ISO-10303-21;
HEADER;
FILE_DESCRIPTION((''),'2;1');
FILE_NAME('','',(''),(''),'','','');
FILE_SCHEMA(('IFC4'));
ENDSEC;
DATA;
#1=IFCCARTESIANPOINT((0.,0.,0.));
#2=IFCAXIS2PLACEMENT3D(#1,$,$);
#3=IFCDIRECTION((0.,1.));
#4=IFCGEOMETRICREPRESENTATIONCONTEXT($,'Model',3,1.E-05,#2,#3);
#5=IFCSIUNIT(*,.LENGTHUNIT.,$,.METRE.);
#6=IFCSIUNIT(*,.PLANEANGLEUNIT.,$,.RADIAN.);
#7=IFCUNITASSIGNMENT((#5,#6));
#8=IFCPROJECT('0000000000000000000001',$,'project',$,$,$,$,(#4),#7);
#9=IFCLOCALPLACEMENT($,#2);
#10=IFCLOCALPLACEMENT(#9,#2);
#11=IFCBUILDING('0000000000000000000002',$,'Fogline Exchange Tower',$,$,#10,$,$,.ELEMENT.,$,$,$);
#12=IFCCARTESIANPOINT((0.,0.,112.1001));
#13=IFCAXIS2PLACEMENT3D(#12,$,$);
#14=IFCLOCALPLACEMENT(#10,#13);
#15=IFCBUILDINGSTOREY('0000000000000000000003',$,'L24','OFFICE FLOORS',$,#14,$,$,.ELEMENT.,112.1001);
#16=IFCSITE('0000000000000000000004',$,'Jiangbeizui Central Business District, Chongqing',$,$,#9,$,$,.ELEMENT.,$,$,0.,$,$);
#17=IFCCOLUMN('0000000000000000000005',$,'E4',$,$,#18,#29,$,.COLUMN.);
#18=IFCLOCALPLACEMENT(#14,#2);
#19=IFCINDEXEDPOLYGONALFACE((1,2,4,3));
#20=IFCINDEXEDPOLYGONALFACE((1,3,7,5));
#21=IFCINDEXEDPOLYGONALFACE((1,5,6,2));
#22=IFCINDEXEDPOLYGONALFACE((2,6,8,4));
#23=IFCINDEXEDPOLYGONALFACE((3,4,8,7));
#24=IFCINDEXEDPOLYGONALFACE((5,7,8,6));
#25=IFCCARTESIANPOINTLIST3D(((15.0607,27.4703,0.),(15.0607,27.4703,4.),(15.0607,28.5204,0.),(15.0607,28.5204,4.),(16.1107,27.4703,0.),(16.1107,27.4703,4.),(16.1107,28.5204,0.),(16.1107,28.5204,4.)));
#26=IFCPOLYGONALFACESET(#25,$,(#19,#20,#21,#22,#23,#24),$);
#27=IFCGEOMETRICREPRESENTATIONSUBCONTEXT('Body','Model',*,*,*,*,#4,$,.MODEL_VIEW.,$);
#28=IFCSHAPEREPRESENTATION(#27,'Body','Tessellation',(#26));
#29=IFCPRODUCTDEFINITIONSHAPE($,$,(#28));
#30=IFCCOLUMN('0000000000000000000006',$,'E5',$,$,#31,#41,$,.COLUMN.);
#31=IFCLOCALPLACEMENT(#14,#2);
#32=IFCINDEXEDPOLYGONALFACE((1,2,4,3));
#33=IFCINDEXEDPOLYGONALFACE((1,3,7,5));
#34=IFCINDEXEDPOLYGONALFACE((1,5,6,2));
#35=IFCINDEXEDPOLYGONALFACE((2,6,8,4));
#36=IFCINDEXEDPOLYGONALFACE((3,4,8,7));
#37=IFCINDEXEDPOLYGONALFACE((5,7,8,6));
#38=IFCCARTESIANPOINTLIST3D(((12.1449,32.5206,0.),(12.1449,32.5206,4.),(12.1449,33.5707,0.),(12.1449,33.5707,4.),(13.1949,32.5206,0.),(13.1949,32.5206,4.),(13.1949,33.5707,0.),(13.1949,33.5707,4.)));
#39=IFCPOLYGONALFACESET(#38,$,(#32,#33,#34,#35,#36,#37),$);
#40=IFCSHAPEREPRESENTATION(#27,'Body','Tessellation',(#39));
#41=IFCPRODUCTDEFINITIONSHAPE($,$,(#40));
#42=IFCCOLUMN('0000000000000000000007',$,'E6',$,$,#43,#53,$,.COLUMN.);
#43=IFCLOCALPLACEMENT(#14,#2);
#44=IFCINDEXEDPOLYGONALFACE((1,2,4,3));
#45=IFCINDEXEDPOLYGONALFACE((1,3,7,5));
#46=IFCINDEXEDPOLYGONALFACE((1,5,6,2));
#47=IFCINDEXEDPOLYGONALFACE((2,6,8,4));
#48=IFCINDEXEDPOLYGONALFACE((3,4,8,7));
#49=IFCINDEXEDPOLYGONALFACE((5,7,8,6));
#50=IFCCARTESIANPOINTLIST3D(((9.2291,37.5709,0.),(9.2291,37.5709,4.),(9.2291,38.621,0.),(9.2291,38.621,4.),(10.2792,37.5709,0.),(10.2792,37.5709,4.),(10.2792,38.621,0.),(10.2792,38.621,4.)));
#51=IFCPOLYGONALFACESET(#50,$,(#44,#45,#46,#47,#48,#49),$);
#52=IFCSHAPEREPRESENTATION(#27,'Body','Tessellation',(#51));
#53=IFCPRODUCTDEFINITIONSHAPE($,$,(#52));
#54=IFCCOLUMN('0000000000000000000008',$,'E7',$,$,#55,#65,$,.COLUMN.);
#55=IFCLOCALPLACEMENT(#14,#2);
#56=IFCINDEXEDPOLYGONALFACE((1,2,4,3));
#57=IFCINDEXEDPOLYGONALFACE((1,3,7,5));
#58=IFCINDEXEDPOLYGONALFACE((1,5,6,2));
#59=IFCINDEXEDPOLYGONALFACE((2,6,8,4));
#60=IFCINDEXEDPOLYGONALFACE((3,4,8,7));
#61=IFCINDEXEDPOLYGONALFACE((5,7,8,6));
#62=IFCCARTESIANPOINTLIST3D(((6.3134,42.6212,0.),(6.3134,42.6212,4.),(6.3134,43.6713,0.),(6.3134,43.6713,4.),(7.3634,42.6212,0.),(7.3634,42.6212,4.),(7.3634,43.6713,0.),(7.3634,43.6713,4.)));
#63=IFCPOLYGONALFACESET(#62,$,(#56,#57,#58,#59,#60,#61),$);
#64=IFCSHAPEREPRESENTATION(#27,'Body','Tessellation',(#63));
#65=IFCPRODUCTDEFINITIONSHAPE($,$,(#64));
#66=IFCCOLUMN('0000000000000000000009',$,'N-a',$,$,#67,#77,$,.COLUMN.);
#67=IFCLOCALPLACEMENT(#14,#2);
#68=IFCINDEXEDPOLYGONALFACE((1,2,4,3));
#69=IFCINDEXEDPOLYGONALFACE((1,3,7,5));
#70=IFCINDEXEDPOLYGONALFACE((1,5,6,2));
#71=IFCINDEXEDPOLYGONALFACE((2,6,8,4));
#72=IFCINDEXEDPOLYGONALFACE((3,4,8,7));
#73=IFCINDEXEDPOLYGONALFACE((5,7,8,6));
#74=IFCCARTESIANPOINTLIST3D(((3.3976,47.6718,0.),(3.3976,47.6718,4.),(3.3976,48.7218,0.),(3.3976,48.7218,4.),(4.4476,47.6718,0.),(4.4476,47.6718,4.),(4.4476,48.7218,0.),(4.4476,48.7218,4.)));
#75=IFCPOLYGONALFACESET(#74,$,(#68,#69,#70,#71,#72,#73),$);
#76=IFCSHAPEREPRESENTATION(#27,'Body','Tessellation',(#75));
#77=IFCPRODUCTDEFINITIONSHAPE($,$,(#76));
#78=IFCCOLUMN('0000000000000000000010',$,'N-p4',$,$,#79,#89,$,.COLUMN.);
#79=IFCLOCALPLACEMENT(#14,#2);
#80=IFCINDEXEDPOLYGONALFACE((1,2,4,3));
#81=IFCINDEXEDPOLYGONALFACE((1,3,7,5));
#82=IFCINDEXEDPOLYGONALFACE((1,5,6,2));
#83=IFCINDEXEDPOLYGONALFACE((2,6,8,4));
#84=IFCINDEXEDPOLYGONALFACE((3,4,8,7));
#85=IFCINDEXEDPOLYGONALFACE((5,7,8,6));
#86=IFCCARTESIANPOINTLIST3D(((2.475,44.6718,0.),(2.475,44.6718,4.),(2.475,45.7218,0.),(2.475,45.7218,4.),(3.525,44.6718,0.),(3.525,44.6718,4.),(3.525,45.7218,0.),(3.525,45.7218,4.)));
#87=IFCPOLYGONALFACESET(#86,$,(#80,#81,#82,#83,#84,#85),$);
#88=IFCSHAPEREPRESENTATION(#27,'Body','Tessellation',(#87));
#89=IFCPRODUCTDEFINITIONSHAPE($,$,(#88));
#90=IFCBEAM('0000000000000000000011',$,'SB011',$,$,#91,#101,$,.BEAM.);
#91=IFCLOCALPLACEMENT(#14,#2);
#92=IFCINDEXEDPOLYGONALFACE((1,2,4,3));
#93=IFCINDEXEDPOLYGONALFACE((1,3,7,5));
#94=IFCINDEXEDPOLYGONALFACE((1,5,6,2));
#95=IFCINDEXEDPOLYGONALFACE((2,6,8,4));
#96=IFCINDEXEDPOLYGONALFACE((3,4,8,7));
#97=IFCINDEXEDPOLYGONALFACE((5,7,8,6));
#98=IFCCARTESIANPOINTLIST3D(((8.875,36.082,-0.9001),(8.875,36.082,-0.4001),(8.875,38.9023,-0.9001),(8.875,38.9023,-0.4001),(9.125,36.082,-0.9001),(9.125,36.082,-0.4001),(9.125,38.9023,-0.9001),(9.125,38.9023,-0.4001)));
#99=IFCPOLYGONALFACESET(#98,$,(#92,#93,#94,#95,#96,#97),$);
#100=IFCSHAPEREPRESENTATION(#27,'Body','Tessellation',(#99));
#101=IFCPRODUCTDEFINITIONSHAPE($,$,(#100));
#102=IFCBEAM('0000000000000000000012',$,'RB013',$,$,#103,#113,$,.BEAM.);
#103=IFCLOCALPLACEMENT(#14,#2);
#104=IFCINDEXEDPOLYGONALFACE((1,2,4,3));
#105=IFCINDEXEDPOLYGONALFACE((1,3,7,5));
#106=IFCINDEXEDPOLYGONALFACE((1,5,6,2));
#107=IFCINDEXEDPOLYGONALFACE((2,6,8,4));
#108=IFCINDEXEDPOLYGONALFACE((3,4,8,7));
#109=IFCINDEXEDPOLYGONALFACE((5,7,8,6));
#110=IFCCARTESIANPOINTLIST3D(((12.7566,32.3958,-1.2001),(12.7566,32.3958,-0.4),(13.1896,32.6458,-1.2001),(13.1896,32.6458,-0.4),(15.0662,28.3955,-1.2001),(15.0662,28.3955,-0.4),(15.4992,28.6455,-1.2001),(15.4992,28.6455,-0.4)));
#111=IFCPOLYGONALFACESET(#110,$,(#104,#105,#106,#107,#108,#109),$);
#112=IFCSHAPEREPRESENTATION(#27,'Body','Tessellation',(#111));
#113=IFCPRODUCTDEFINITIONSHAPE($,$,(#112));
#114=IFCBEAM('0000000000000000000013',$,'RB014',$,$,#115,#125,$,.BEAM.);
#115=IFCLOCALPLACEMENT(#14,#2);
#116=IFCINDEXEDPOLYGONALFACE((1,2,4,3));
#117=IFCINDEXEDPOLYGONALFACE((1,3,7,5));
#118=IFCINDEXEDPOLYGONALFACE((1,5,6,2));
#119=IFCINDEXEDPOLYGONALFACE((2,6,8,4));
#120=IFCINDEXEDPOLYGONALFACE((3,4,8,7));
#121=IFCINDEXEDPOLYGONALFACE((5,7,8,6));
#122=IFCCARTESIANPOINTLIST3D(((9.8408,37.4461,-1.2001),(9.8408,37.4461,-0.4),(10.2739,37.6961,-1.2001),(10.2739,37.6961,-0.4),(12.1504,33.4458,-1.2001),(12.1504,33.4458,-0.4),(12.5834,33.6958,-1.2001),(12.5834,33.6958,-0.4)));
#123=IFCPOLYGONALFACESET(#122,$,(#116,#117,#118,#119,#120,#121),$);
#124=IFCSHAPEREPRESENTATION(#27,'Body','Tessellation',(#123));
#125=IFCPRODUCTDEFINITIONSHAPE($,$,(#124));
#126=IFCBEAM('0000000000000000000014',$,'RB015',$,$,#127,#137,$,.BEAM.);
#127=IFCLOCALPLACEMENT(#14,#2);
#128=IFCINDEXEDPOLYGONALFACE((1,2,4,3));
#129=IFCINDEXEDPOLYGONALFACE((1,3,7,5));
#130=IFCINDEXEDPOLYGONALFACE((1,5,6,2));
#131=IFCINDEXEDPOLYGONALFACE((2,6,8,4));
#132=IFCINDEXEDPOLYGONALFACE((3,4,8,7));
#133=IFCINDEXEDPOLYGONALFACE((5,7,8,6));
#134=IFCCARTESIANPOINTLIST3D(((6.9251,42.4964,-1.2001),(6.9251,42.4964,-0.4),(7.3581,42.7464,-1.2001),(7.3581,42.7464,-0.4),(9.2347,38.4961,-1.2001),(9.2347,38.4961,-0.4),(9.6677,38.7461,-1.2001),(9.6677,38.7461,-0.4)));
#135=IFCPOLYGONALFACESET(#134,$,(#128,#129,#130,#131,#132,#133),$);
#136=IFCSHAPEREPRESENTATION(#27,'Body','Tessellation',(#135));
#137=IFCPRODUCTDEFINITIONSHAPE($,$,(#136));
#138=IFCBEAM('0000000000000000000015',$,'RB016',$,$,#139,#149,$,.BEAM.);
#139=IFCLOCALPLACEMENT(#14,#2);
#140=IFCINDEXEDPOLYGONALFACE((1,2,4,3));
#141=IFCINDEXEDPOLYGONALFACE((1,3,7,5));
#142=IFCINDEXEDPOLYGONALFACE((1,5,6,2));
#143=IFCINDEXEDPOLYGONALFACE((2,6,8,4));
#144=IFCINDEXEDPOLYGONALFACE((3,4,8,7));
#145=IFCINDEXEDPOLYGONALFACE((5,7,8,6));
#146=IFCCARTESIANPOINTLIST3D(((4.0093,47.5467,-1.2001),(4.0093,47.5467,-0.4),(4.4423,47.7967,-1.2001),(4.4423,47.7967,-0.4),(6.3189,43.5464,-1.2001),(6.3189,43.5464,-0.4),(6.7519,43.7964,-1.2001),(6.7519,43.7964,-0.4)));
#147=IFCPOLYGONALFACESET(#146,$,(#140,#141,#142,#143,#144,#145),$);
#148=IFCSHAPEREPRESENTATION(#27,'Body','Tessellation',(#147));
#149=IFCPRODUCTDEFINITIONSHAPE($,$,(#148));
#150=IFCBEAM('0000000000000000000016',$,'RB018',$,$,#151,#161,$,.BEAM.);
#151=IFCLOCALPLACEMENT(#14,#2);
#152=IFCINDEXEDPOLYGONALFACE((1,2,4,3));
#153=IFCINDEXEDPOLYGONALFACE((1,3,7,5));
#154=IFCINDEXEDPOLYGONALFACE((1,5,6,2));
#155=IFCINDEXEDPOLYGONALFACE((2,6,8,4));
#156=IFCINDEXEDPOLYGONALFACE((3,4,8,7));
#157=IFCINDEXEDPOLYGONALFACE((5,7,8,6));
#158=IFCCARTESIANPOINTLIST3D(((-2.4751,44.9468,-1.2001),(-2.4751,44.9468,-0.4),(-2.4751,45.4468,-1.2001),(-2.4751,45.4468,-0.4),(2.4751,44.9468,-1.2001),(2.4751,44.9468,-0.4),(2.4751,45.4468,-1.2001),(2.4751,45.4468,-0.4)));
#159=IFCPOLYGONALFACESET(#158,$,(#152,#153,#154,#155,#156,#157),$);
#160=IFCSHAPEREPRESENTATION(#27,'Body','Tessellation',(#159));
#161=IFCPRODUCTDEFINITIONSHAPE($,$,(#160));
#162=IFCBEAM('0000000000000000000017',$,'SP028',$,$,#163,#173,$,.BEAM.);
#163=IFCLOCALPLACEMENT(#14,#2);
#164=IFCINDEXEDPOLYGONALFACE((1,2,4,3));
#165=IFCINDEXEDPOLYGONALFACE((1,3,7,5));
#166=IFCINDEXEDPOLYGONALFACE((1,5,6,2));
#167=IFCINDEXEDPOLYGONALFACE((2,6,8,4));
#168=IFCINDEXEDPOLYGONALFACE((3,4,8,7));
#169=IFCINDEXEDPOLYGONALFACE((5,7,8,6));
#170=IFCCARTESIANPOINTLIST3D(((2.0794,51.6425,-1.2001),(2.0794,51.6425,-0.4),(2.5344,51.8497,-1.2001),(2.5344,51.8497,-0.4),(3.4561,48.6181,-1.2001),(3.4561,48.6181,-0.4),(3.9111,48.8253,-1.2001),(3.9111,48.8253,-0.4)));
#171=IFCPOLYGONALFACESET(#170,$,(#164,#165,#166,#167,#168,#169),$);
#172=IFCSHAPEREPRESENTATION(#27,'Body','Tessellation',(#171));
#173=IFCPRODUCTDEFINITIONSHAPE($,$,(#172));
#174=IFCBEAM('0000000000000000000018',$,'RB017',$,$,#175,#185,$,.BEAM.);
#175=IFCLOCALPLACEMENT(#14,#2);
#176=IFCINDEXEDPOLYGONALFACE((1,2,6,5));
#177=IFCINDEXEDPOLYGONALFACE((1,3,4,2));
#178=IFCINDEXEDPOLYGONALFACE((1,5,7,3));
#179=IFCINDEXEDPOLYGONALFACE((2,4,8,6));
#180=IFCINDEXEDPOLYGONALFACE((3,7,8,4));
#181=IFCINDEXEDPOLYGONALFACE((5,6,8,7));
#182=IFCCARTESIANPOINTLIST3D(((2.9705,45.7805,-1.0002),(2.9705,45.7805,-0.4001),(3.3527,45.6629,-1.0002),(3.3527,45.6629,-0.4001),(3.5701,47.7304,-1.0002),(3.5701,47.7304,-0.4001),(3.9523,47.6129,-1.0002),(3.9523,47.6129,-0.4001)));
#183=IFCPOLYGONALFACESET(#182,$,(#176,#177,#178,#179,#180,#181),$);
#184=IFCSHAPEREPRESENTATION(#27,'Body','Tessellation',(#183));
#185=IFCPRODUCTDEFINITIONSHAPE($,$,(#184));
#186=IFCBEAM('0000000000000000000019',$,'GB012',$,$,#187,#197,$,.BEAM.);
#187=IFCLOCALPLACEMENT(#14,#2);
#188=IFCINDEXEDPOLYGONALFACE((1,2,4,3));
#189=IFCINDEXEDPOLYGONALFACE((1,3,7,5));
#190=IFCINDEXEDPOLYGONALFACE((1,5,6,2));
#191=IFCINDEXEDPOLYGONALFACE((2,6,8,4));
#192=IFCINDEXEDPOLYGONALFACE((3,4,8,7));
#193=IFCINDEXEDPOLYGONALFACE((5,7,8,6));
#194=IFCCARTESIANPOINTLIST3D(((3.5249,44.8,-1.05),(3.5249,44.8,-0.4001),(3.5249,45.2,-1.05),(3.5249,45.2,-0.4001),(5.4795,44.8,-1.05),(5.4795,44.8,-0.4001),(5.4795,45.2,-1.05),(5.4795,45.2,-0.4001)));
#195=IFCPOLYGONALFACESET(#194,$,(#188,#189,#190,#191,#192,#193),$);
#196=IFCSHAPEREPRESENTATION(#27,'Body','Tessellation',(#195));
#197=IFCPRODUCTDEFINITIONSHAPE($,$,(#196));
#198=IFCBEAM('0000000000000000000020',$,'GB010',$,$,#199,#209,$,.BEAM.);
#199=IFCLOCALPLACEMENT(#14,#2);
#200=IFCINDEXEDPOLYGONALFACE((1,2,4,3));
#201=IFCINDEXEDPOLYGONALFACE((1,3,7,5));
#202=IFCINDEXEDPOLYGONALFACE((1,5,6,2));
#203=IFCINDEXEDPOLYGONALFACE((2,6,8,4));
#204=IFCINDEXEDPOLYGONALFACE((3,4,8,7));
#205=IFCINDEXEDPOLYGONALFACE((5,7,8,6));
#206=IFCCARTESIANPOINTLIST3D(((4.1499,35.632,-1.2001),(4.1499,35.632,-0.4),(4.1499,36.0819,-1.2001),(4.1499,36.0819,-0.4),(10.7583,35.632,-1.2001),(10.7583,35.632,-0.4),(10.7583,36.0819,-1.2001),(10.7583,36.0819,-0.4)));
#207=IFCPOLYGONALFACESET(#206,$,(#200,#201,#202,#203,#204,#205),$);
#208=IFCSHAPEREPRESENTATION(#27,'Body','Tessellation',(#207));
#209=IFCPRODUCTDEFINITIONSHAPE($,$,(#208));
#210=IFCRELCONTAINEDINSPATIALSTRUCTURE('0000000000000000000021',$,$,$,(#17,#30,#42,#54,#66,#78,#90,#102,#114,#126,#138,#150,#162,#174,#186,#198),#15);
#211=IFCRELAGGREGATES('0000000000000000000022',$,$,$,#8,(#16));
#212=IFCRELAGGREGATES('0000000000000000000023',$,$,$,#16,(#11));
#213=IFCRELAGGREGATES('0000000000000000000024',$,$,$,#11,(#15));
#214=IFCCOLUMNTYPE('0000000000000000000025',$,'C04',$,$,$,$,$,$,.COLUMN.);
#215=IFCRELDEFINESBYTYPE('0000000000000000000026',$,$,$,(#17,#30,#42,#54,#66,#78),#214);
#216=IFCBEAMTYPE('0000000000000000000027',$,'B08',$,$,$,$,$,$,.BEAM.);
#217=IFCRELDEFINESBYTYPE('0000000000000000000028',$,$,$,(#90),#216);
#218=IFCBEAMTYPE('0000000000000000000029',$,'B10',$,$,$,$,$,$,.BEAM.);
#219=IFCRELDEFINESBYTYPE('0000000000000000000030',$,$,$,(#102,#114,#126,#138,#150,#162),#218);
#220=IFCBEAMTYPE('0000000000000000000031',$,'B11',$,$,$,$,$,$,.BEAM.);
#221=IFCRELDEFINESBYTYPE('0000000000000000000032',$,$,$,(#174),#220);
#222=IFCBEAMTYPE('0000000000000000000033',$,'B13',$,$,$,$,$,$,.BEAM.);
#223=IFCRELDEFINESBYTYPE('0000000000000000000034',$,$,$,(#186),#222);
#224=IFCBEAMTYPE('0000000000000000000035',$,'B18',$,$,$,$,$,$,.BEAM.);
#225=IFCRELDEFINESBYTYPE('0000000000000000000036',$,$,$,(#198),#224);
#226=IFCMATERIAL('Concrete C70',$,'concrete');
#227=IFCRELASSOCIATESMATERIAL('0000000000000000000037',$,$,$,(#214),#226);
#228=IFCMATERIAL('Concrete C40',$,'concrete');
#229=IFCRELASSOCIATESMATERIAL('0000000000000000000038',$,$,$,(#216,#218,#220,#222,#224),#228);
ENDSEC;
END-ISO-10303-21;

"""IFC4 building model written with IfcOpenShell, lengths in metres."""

from ifc_helpers import new_model, si_unit, direction, frame, origin, origin_2d, place, context, subcontext, project, spatial, rectangle, extrude, material, material_profile, profile_set, type_object, element, save


model = new_model("IFC4")

# Units and contexts
model_context = context("Model", 3, precision=1e-05, world=origin(), true_north=direction((0.0, 1.0)))
body_context = subcontext(model_context, "Body", "Model", "MODEL_VIEW")
ifc_project = project(units=[si_unit("LENGTHUNIT", "METRE"), si_unit("PLANEANGLEUNIT", "RADIAN")], contexts=[model_context])

# Site, building, storey
site_placement = place(None, origin())
site = spatial("IfcSite", under=ifc_project, at=site_placement, Name="Jiangbeizui Central Business District, Chongqing", CompositionType="ELEMENT", RefElevation=0.0)
building_placement = place(site_placement, origin())
building = spatial("IfcBuilding", under=site, at=building_placement, Name="Fogline Exchange Tower", CompositionType="ELEMENT")
storey_placement = place(building_placement, frame((0.0, 0.0, 112.1001)))
storey = spatial("IfcBuildingStorey", under=building, at=storey_placement, Name="L24", Description="OFFICE FLOORS", CompositionType="ELEMENT", Elevation=112.1001)

# Columns
ifc_material_1 = material(Name="Concrete C70", Category="concrete")
ifc_material_profile_1 = material_profile(ifc_material_1, rectangle(XDim=1.05, YDim=1.05, at=origin_2d()), Name="RC 1050x1050")
ifc_profile_set_1 = profile_set([ifc_material_profile_1], Name="Concrete C70")
column_type = type_object("IfcColumnType", Name="C04", PredefinedType="COLUMN", material=ifc_profile_set_1)
for number, where, z_axis, x_axis, name in (
    (1, (15.5857, 27.9954, 0.0), (0.0, 0.0, 1.0), (1.0, 0.0, 0.0), "E4"),
    (2, (12.6699, 33.0457, 0.0), (0.0, 0.0, 1.0), (1.0, 0.0, 0.0), "E5"),
    (3, (9.7542, 38.0959, 0.0), (0.0, 0.0, 1.0), (1.0, 0.0, 0.0), "E6"),
    (4, (6.8384, 43.1462, 0.0), (0.0, 0.0, 1.0), (1.0, 0.0, 0.0), "E7"),
    (5, (3.9226, 48.1968, 0.0), (0.0, 0.0, 1.0), (1.0, 0.0, 0.0), "N-a"),
    (6, (3.0, 45.1968, 0.0), (0.0, 0.0, 1.0), (1.0, 0.0, 0.0), "N-p4"),
):
    element("IfcColumn", number, at=place(storey_placement, frame(where, z_axis=z_axis, x_axis=x_axis)), inside=storey, type_object=column_type, Name=name, PredefinedType="COLUMN", context=body_context, shape_type="SweptSolid", body=[
        extrude(rectangle(XDim=1.05, YDim=1.05, at=origin_2d()), origin(), (0.0, 0.0, 1.0), 4.0),
    ])

# Beams
ifc_material_2 = material(Name="Concrete C40", Category="concrete")
ifc_material_profile_2 = material_profile(ifc_material_2, rectangle(XDim=0.25, YDim=0.5, at=origin_2d()), Name="RC 250x500")
ifc_profile_set_2 = profile_set([ifc_material_profile_2], Name="Concrete C40")
beam_type_1 = type_object("IfcBeamType", Name="B08", PredefinedType="BEAM", material=ifc_profile_set_2)
beam_1_placement = place(storey_placement, frame((9.0, 36.082, -0.6501), z_axis=(0.0, 1.0, 0.0), x_axis=(-1.0, 0.0, 0.0)))
element("IfcBeam", 7, at=beam_1_placement, inside=storey, type_object=beam_type_1, Name="SB011", PredefinedType="BEAM", context=body_context, shape_type="SweptSolid", body=[
    extrude(rectangle(XDim=0.25, YDim=0.5, at=origin_2d()), origin(), (0.0, 0.0, 1.0), 2.8203),
])
ifc_material_profile_3 = material_profile(ifc_material_2, rectangle(XDim=0.5, YDim=0.8, at=origin_2d()), Name="RC 500x800")
ifc_profile_set_3 = profile_set([ifc_material_profile_3], Name="Concrete C40")
beam_type_2 = type_object("IfcBeamType", Name="B10", PredefinedType="BEAM", material=ifc_profile_set_3)
for number, where, z_axis, x_axis, name in (
    (8, (15.2827, 28.5205, -0.8), (-0.500005, 0.866023, 0.0), (-0.866023, -0.500005, 0.0), "RB013"),
    (9, (12.3669, 33.5708, -0.8), (-0.500005, 0.866023, 0.0), (-0.866023, -0.500005, 0.0), "RB014"),
    (10, (9.4512, 38.6211, -0.8), (-0.500005, 0.866023, 0.0), (-0.866023, -0.500005, 0.0), "RB015"),
    (11, (6.5354, 43.6714, -0.8), (-0.500005, 0.866023, 0.0), (-0.866023, -0.500005, 0.0), "RB016"),
):
    element("IfcBeam", number, at=place(storey_placement, frame(where, z_axis=z_axis, x_axis=x_axis)), inside=storey, type_object=beam_type_2, Name=name, PredefinedType="BEAM", context=body_context, shape_type="SweptSolid", body=[
        extrude(rectangle(XDim=0.5, YDim=0.8, at=origin_2d()), origin(), (0.0, 0.0, 1.0), 4.6191),
    ])
beam_2_placement = place(storey_placement, frame((2.4751, 45.1968, -0.8), z_axis=(-1.0, 0.0, 0.0), x_axis=(0.0, -1.0, 0.0)))
element("IfcBeam", 12, at=beam_2_placement, inside=storey, type_object=beam_type_2, Name="RB018", PredefinedType="BEAM", context=body_context, shape_type="SweptSolid", body=[
    extrude(rectangle(XDim=0.5, YDim=0.8, at=origin_2d()), origin(), (0.0, 0.0, 1.0), 4.9502),
])
beam_3_placement = place(storey_placement, frame((3.6836, 48.7217, -0.8), z_axis=(-0.414296, 0.910142, 0.0), x_axis=(-0.910142, -0.414296, 0.0)))
element("IfcBeam", 13, at=beam_3_placement, inside=storey, type_object=beam_type_2, Name="SP028", PredefinedType="BEAM", context=body_context, shape_type="SweptSolid", body=[
    extrude(rectangle(XDim=0.5, YDim=0.8, at=origin_2d()), origin(), (0.0, 0.0, 1.0), 3.323),
])
ifc_material_profile_4 = material_profile(ifc_material_2, rectangle(XDim=0.3999, YDim=0.6001, at=origin_2d()), Name="RC 400x600")
ifc_profile_set_4 = profile_set([ifc_material_profile_4], Name="Concrete C40")
beam_type_3 = type_object("IfcBeamType", Name="B11", PredefinedType="BEAM", material=ifc_profile_set_4)
beam_4_placement = place(storey_placement, frame((3.7612, 47.6716, -0.7002), z_axis=(-0.293918, -0.955831, 0.0), x_axis=(0.955831, -0.293918, 0.0)))
element("IfcBeam", 14, at=beam_4_placement, inside=storey, type_object=beam_type_3, Name="RB017", PredefinedType="BEAM", context=body_context, shape_type="SweptSolid", body=[
    extrude(rectangle(XDim=0.3999, YDim=0.6001, at=origin_2d()), origin(), (0.0, 0.0, 1.0), 2.04),
])
ifc_material_profile_5 = material_profile(ifc_material_2, rectangle(XDim=0.3999, YDim=0.6499, at=origin_2d()), Name="RC 400x650")
ifc_profile_set_5 = profile_set([ifc_material_profile_5], Name="Concrete C40")
beam_type_4 = type_object("IfcBeamType", Name="B13", PredefinedType="BEAM", material=ifc_profile_set_5)
beam_5_placement = place(storey_placement, frame((3.5249, 45.0, -0.7251), z_axis=(1.0, 0.0, 0.0), x_axis=(0.0, 1.0, 0.0)))
element("IfcBeam", 15, at=beam_5_placement, inside=storey, type_object=beam_type_4, Name="GB012", PredefinedType="BEAM", context=body_context, shape_type="SweptSolid", body=[
    extrude(rectangle(XDim=0.3999, YDim=0.6499, at=origin_2d()), origin(), (0.0, 0.0, 1.0), 1.9546),
])
ifc_material_profile_6 = material_profile(ifc_material_2, rectangle(XDim=0.45, YDim=0.8, at=origin_2d()), Name="RC 450x800")
ifc_profile_set_6 = profile_set([ifc_material_profile_6], Name="Concrete C40")
beam_type_5 = type_object("IfcBeamType", Name="B18", PredefinedType="BEAM", material=ifc_profile_set_6)
beam_6_placement = place(storey_placement, frame((4.1499, 35.8569, -0.8), z_axis=(1.0, 0.0, 0.0), x_axis=(0.0, 1.0, 0.0)))
element("IfcBeam", 16, at=beam_6_placement, inside=storey, type_object=beam_type_5, Name="GB010", PredefinedType="BEAM", context=body_context, shape_type="SweptSolid", body=[
    extrude(rectangle(XDim=0.45, YDim=0.8, at=origin_2d()), origin(), (0.0, 0.0, 1.0), 6.6084),
])

save(model, "model.ifc")
